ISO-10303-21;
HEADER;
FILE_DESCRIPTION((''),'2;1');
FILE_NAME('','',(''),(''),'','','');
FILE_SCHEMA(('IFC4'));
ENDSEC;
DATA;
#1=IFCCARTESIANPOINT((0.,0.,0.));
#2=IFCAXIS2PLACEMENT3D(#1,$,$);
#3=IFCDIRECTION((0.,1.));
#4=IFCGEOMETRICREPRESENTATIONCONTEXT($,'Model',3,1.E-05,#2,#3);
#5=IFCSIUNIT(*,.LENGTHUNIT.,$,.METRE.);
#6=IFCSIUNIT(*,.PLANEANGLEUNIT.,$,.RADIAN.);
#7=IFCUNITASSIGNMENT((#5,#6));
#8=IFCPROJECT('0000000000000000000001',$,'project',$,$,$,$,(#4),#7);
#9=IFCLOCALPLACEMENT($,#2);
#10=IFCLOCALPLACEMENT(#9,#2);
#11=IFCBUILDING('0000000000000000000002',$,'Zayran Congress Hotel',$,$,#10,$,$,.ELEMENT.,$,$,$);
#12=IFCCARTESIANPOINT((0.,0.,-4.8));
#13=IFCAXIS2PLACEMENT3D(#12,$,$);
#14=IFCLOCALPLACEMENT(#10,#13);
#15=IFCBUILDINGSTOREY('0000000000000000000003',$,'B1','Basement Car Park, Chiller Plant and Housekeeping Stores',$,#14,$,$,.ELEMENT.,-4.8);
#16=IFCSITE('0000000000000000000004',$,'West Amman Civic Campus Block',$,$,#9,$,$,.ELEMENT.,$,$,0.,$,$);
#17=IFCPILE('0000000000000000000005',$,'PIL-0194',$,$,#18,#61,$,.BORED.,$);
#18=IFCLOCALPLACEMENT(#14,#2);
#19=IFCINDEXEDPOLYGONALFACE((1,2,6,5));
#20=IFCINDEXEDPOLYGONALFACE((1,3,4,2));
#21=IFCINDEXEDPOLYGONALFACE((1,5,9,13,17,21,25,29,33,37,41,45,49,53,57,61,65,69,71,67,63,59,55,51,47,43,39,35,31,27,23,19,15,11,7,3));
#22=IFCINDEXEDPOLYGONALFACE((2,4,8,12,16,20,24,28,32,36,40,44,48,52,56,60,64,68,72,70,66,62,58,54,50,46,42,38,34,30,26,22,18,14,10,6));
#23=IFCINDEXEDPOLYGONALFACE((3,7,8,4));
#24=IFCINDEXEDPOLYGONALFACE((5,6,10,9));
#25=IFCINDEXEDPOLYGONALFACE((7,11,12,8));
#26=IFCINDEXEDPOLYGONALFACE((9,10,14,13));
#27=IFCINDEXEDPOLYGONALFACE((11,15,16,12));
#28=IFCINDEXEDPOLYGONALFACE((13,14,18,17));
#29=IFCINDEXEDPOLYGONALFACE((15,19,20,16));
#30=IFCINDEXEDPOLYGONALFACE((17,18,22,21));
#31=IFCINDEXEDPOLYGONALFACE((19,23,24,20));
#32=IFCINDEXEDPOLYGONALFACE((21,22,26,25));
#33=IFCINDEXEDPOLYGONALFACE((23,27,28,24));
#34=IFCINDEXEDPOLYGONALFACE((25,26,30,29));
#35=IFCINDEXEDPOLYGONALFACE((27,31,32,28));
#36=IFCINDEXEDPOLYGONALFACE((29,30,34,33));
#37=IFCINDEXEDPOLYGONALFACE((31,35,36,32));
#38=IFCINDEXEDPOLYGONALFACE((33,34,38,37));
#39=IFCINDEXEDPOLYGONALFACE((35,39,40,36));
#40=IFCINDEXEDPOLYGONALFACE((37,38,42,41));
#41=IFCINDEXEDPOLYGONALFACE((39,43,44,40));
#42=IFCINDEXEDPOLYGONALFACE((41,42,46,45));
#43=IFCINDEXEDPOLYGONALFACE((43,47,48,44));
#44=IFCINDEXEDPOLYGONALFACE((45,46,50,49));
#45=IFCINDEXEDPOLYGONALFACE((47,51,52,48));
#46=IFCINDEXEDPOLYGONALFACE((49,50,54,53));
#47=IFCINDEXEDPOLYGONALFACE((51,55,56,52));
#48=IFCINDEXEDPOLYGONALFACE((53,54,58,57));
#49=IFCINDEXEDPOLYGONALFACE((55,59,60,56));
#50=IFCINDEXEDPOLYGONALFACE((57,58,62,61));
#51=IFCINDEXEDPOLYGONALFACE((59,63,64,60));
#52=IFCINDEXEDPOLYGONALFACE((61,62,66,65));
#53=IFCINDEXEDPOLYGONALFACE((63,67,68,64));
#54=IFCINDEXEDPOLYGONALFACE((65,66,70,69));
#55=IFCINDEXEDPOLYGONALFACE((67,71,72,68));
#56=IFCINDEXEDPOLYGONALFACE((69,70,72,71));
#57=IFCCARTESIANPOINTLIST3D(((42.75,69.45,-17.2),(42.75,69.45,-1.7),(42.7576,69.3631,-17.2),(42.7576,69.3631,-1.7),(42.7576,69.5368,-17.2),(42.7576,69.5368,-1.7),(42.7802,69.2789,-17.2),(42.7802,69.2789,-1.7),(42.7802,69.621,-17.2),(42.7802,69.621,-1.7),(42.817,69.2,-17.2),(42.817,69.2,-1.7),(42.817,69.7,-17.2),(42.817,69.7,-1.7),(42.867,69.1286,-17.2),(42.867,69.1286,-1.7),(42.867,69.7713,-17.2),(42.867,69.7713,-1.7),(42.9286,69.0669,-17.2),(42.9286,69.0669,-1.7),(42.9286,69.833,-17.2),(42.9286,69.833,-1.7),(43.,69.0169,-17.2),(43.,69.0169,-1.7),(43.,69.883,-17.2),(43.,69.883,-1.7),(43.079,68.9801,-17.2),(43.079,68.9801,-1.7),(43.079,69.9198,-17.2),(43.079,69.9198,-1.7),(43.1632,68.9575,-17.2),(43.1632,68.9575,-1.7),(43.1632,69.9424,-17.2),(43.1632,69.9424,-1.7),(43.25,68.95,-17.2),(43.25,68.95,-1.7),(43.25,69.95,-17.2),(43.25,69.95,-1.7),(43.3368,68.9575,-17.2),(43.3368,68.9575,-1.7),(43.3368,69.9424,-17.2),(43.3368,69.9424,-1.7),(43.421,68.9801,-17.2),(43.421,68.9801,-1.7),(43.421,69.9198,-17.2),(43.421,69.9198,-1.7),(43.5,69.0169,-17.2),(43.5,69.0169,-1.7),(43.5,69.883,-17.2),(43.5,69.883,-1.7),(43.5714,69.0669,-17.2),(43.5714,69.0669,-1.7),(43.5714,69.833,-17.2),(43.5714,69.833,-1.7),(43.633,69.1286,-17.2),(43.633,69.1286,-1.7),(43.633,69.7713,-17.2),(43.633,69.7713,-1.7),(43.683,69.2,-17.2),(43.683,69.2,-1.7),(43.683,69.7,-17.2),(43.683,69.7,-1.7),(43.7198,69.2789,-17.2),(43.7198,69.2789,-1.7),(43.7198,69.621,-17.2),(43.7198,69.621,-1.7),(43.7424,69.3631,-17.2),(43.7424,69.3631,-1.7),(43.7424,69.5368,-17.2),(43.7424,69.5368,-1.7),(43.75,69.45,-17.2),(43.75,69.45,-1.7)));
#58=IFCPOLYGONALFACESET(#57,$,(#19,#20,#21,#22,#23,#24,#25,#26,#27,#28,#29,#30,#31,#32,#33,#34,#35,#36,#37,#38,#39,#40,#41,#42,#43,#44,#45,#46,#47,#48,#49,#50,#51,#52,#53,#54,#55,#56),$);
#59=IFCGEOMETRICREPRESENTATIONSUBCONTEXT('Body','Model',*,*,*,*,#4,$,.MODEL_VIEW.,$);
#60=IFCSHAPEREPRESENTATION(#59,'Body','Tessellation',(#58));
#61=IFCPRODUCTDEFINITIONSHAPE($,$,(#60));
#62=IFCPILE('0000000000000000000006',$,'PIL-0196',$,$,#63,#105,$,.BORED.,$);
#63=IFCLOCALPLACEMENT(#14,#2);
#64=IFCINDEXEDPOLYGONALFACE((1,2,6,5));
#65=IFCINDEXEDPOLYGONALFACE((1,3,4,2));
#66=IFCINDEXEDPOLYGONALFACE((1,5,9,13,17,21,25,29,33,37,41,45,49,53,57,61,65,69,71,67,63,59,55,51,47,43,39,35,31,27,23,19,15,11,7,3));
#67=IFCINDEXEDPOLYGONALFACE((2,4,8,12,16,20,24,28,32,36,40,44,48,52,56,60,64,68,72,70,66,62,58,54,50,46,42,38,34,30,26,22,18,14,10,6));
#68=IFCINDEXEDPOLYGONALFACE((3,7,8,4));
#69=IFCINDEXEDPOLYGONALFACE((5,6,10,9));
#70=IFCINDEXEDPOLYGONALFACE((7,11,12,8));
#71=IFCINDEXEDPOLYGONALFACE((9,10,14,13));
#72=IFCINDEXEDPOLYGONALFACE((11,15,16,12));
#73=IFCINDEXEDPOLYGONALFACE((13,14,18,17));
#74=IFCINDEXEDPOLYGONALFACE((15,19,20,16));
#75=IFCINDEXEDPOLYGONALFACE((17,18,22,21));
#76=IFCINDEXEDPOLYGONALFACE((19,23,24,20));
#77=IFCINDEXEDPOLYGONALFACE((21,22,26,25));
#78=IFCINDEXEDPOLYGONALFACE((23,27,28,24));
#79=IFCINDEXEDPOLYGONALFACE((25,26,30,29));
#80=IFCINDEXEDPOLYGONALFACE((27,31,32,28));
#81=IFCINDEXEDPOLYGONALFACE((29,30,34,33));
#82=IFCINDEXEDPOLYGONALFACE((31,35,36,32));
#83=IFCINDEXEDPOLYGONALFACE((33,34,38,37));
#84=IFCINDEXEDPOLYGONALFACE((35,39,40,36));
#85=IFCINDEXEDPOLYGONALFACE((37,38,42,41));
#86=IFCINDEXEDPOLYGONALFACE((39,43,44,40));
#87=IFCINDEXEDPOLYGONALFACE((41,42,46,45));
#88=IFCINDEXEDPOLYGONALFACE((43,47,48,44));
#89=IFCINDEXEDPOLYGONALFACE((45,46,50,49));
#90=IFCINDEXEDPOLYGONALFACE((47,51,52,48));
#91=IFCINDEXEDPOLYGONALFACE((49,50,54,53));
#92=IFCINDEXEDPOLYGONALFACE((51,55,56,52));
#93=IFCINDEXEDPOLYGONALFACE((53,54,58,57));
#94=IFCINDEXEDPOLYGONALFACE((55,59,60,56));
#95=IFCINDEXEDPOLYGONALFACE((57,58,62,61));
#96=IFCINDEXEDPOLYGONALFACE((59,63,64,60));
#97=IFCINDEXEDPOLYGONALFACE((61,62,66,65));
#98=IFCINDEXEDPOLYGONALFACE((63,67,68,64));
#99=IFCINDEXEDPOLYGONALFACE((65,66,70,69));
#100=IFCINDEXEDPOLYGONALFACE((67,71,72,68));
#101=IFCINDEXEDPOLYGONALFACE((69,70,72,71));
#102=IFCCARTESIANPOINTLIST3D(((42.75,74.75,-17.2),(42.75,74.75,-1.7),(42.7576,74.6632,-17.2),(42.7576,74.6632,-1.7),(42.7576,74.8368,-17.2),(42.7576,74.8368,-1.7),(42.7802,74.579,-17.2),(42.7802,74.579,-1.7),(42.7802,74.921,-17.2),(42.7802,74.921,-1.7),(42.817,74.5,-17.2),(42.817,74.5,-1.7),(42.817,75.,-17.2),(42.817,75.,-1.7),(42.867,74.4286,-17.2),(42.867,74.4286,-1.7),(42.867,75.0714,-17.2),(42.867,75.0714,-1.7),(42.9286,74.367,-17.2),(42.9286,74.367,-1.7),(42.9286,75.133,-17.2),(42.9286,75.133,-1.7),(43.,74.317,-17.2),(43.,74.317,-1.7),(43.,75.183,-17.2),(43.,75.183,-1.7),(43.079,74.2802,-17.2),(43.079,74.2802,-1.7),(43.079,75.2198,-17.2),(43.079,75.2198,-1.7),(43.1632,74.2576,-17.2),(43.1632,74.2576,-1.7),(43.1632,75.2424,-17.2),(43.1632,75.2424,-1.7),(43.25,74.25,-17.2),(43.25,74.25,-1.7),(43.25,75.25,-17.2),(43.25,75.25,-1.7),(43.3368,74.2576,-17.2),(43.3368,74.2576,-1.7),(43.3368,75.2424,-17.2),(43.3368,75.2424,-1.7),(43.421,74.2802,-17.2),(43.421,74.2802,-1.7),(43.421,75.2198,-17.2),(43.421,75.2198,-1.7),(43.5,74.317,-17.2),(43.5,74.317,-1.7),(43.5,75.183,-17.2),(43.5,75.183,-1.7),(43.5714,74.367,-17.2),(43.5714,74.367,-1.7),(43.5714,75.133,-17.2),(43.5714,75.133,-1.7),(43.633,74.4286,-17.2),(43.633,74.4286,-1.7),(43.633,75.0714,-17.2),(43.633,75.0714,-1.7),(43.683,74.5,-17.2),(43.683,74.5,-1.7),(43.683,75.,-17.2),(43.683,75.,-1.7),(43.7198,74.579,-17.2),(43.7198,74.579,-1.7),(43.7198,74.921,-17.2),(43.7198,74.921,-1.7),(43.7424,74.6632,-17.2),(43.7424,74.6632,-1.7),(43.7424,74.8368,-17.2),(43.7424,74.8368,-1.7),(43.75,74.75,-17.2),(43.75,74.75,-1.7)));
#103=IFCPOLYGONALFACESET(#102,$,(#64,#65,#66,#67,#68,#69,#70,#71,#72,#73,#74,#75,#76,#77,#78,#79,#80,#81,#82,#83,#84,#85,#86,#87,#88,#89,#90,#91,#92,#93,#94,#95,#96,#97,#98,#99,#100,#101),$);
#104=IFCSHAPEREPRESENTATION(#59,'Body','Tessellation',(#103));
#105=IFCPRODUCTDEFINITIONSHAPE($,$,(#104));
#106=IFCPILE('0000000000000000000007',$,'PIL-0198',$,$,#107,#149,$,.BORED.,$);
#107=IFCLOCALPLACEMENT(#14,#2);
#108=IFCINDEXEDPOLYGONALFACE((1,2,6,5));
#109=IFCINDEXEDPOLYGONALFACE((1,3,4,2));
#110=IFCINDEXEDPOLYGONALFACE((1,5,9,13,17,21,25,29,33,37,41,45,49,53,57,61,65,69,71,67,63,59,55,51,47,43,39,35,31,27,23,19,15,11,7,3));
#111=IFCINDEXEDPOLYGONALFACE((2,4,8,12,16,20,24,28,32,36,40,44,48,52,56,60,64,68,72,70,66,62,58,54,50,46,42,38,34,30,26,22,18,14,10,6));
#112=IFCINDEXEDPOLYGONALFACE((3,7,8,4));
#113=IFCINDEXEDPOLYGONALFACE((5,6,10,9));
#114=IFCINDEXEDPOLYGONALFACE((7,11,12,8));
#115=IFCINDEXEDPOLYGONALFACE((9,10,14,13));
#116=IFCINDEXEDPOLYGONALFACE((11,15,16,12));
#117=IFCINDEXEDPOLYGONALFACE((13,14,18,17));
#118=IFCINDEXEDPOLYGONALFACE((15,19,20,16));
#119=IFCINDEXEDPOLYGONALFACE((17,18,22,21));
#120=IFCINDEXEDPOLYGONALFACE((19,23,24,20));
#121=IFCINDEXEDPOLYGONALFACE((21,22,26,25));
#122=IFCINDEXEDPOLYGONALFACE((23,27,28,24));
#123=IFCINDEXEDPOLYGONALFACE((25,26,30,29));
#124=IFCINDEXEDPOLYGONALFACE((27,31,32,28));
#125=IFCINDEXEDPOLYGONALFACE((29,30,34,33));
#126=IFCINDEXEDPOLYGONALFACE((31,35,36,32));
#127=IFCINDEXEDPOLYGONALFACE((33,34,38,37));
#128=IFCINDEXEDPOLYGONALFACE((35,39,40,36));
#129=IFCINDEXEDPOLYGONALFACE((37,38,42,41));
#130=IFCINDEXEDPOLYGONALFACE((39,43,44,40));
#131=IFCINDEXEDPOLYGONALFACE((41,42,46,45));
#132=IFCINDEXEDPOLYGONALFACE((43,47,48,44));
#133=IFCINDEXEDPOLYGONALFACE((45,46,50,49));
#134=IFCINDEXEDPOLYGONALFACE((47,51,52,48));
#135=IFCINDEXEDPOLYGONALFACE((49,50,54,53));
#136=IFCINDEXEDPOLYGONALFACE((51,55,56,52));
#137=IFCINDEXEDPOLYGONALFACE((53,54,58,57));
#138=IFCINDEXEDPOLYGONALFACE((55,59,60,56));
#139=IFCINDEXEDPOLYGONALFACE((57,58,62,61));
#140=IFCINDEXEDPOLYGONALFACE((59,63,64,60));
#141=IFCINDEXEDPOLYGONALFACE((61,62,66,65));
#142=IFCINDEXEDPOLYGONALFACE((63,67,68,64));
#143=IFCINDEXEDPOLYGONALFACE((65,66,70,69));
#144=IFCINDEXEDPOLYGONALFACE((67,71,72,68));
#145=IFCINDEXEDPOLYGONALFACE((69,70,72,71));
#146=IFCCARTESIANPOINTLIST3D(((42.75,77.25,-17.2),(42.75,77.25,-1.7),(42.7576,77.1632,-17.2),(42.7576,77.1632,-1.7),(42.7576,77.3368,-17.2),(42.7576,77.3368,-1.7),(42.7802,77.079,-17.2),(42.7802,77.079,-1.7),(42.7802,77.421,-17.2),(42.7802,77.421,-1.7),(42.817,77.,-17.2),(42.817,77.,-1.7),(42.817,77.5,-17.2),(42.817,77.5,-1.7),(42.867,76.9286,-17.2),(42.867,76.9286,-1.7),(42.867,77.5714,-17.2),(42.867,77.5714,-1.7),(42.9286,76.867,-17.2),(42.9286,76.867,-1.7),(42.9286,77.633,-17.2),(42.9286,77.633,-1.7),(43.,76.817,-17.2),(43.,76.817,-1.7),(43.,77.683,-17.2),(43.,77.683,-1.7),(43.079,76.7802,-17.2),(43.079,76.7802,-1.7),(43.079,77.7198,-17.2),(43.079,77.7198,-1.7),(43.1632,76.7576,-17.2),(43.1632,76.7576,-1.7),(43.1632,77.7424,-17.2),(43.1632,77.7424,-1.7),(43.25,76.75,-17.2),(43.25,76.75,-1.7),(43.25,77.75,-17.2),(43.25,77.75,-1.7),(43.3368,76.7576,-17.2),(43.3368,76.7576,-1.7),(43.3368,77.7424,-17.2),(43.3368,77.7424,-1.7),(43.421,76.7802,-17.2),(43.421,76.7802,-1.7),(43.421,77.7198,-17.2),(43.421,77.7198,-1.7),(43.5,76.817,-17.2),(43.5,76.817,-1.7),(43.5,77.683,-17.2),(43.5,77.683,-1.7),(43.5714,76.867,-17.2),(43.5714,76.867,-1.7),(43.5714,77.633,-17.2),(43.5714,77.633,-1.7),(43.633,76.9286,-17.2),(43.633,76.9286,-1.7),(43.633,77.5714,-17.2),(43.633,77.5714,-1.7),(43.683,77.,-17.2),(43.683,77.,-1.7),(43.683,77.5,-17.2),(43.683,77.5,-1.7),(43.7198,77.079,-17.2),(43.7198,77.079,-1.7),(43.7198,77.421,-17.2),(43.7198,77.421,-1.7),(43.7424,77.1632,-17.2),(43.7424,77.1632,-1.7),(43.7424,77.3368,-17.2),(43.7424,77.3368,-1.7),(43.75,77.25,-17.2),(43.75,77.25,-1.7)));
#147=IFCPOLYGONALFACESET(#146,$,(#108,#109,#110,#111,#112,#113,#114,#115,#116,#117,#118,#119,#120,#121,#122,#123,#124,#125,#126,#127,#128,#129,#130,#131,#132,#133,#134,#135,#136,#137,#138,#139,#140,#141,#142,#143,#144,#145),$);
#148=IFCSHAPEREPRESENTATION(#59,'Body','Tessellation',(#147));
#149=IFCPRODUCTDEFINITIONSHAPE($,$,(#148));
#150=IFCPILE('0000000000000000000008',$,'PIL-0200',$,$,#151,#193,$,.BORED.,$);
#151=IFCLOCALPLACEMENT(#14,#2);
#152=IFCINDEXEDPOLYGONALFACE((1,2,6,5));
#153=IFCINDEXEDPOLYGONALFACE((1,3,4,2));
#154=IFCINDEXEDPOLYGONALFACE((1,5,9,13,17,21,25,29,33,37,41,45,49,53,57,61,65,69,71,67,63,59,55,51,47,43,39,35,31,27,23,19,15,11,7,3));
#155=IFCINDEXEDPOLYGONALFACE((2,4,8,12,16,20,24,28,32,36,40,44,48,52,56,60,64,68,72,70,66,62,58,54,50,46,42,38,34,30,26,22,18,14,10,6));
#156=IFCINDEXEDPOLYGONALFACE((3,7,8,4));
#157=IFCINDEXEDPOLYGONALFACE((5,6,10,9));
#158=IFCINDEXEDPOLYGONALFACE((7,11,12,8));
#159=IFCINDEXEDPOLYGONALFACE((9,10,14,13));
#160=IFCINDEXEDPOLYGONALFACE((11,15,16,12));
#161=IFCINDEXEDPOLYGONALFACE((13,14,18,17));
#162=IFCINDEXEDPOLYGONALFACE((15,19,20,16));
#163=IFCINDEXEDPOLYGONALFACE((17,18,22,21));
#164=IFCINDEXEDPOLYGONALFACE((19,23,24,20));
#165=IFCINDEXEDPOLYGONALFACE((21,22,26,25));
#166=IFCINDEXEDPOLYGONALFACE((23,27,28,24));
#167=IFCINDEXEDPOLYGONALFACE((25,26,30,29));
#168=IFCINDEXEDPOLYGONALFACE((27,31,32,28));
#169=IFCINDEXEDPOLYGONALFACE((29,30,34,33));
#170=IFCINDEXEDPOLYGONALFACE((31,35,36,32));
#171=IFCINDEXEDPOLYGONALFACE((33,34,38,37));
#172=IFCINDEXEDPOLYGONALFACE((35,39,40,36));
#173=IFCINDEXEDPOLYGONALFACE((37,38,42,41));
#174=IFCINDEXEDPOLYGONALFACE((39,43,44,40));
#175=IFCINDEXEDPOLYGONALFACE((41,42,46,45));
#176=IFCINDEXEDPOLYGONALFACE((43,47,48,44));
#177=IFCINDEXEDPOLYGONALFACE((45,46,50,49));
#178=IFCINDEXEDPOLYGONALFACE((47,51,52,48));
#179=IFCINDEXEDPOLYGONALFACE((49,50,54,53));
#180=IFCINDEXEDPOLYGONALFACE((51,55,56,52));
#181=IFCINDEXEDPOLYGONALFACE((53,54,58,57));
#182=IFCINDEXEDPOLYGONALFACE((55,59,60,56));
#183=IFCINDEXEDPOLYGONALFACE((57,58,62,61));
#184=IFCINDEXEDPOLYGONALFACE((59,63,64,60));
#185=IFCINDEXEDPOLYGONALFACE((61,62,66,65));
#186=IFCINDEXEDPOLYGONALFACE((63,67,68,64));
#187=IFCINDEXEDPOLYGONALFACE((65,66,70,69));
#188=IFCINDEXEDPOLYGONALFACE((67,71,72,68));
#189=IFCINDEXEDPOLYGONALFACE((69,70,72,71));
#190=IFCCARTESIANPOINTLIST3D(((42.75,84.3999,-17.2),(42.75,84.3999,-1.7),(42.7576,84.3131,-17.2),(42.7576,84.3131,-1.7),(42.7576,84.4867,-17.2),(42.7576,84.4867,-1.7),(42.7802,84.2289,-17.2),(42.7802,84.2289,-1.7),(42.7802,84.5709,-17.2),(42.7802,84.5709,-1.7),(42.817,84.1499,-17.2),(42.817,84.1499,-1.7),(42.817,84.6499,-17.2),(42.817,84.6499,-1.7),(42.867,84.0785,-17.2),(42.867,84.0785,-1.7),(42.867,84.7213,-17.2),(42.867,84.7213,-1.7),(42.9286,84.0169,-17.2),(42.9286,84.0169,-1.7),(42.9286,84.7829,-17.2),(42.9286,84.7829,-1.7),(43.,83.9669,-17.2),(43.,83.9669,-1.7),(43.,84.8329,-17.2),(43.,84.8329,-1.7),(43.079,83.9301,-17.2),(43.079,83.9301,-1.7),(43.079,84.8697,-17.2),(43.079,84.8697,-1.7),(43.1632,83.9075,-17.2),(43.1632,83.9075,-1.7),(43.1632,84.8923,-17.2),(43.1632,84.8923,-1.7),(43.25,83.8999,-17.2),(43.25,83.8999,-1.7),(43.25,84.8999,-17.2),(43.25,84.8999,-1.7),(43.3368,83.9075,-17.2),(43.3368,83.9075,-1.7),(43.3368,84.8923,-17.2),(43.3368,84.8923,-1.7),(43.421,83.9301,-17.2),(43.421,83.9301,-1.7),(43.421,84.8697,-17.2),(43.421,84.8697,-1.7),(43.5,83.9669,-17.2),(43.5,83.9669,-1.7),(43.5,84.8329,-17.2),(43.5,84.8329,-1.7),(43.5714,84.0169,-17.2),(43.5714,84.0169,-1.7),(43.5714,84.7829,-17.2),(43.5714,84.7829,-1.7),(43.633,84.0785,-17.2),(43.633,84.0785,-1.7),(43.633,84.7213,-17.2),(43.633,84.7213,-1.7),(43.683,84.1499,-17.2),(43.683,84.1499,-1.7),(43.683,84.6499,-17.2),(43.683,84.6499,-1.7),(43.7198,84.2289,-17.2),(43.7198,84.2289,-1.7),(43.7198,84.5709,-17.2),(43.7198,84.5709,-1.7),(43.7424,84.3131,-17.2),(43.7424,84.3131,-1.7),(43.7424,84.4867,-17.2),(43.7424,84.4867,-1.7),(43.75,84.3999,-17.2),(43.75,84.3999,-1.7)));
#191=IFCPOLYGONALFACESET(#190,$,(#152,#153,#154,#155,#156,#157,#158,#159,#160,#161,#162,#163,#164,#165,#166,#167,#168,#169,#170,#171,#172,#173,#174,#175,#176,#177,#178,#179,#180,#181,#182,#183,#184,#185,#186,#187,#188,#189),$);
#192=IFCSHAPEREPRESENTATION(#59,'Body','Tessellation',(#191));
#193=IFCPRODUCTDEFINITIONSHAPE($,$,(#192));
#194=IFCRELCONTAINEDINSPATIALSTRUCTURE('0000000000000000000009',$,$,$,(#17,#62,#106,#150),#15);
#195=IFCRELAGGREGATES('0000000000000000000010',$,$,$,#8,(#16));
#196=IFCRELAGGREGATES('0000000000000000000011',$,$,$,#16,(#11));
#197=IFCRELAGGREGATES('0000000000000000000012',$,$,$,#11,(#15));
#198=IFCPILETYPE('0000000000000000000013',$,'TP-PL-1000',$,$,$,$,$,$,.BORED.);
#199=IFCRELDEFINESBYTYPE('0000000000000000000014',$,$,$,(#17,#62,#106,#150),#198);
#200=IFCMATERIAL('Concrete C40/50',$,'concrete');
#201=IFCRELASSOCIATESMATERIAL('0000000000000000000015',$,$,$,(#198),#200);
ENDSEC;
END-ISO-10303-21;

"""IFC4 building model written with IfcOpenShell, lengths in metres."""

from ifc_helpers import new_model, si_unit, direction, frame, origin, origin_2d, place, context, subcontext, project, spatial, circle, extrude, material, material_profile, profile_set, type_object, element, save


model = new_model("IFC4")

# Units and contexts
model_context = context("Model", 3, precision=1e-05, world=origin(), true_north=direction((0.0, 1.0)))
body_context = subcontext(model_context, "Body", "Model", "MODEL_VIEW")
ifc_project = project(units=[si_unit("LENGTHUNIT", "METRE"), si_unit("PLANEANGLEUNIT", "RADIAN")], contexts=[model_context])

# Site, building, storey
site_placement = place(None, origin())
site = spatial("IfcSite", under=ifc_project, at=site_placement, Name="West Amman Civic Campus Block", CompositionType="ELEMENT", RefElevation=0.0)
building_placement = place(site_placement, origin())
building = spatial("IfcBuilding", under=site, at=building_placement, Name="Zayran Congress Hotel", CompositionType="ELEMENT")
storey_placement = place(building_placement, frame((0.0, 0.0, -4.8)))
storey = spatial("IfcBuildingStorey", under=building, at=storey_placement, Name="B1", Description="Basement Car Park, Chiller Plant and Housekeeping Stores", CompositionType="ELEMENT", Elevation=-4.8)

# Piles
ifc_material_1 = material(Name="Concrete C40/50", Category="concrete")
ifc_material_profile_1 = material_profile(ifc_material_1, circle(Radius=0.5, at=origin_2d()), Name="PILE D1000")
ifc_profile_set_1 = profile_set([ifc_material_profile_1], Name="Concrete C40/50")
pile_type = type_object("IfcPileType", Name="TP-PL-1000", PredefinedType="BORED", material=ifc_profile_set_1)
for number, where, z_axis, x_axis, name in (
    (1, (43.25, 69.45, -1.7), (0.0, 0.0, -1.0), (1.0, 0.0, 0.0), "PIL-0194"),
    (2, (43.25, 74.75, -1.7), (0.0, 0.0, -1.0), (1.0, 0.0, 0.0), "PIL-0196"),
    (3, (43.25, 77.25, -1.7), (0.0, 0.0, -1.0), (1.0, 0.0, 0.0), "PIL-0198"),
    (4, (43.25, 84.3999, -1.7), (0.0, 0.0, -1.0), (1.0, 0.0, 0.0), "PIL-0200"),
):
    element("IfcPile", number, at=place(storey_placement, frame(where, z_axis=z_axis, x_axis=x_axis)), inside=storey, type_object=pile_type, Name=name, PredefinedType="BORED", context=body_context, shape_type="SweptSolid", body=[
        extrude(circle(Radius=0.5, at=origin_2d()), origin(), (0.0, 0.0, 1.0), 15.5),
    ])

save(model, "model.ifc")
